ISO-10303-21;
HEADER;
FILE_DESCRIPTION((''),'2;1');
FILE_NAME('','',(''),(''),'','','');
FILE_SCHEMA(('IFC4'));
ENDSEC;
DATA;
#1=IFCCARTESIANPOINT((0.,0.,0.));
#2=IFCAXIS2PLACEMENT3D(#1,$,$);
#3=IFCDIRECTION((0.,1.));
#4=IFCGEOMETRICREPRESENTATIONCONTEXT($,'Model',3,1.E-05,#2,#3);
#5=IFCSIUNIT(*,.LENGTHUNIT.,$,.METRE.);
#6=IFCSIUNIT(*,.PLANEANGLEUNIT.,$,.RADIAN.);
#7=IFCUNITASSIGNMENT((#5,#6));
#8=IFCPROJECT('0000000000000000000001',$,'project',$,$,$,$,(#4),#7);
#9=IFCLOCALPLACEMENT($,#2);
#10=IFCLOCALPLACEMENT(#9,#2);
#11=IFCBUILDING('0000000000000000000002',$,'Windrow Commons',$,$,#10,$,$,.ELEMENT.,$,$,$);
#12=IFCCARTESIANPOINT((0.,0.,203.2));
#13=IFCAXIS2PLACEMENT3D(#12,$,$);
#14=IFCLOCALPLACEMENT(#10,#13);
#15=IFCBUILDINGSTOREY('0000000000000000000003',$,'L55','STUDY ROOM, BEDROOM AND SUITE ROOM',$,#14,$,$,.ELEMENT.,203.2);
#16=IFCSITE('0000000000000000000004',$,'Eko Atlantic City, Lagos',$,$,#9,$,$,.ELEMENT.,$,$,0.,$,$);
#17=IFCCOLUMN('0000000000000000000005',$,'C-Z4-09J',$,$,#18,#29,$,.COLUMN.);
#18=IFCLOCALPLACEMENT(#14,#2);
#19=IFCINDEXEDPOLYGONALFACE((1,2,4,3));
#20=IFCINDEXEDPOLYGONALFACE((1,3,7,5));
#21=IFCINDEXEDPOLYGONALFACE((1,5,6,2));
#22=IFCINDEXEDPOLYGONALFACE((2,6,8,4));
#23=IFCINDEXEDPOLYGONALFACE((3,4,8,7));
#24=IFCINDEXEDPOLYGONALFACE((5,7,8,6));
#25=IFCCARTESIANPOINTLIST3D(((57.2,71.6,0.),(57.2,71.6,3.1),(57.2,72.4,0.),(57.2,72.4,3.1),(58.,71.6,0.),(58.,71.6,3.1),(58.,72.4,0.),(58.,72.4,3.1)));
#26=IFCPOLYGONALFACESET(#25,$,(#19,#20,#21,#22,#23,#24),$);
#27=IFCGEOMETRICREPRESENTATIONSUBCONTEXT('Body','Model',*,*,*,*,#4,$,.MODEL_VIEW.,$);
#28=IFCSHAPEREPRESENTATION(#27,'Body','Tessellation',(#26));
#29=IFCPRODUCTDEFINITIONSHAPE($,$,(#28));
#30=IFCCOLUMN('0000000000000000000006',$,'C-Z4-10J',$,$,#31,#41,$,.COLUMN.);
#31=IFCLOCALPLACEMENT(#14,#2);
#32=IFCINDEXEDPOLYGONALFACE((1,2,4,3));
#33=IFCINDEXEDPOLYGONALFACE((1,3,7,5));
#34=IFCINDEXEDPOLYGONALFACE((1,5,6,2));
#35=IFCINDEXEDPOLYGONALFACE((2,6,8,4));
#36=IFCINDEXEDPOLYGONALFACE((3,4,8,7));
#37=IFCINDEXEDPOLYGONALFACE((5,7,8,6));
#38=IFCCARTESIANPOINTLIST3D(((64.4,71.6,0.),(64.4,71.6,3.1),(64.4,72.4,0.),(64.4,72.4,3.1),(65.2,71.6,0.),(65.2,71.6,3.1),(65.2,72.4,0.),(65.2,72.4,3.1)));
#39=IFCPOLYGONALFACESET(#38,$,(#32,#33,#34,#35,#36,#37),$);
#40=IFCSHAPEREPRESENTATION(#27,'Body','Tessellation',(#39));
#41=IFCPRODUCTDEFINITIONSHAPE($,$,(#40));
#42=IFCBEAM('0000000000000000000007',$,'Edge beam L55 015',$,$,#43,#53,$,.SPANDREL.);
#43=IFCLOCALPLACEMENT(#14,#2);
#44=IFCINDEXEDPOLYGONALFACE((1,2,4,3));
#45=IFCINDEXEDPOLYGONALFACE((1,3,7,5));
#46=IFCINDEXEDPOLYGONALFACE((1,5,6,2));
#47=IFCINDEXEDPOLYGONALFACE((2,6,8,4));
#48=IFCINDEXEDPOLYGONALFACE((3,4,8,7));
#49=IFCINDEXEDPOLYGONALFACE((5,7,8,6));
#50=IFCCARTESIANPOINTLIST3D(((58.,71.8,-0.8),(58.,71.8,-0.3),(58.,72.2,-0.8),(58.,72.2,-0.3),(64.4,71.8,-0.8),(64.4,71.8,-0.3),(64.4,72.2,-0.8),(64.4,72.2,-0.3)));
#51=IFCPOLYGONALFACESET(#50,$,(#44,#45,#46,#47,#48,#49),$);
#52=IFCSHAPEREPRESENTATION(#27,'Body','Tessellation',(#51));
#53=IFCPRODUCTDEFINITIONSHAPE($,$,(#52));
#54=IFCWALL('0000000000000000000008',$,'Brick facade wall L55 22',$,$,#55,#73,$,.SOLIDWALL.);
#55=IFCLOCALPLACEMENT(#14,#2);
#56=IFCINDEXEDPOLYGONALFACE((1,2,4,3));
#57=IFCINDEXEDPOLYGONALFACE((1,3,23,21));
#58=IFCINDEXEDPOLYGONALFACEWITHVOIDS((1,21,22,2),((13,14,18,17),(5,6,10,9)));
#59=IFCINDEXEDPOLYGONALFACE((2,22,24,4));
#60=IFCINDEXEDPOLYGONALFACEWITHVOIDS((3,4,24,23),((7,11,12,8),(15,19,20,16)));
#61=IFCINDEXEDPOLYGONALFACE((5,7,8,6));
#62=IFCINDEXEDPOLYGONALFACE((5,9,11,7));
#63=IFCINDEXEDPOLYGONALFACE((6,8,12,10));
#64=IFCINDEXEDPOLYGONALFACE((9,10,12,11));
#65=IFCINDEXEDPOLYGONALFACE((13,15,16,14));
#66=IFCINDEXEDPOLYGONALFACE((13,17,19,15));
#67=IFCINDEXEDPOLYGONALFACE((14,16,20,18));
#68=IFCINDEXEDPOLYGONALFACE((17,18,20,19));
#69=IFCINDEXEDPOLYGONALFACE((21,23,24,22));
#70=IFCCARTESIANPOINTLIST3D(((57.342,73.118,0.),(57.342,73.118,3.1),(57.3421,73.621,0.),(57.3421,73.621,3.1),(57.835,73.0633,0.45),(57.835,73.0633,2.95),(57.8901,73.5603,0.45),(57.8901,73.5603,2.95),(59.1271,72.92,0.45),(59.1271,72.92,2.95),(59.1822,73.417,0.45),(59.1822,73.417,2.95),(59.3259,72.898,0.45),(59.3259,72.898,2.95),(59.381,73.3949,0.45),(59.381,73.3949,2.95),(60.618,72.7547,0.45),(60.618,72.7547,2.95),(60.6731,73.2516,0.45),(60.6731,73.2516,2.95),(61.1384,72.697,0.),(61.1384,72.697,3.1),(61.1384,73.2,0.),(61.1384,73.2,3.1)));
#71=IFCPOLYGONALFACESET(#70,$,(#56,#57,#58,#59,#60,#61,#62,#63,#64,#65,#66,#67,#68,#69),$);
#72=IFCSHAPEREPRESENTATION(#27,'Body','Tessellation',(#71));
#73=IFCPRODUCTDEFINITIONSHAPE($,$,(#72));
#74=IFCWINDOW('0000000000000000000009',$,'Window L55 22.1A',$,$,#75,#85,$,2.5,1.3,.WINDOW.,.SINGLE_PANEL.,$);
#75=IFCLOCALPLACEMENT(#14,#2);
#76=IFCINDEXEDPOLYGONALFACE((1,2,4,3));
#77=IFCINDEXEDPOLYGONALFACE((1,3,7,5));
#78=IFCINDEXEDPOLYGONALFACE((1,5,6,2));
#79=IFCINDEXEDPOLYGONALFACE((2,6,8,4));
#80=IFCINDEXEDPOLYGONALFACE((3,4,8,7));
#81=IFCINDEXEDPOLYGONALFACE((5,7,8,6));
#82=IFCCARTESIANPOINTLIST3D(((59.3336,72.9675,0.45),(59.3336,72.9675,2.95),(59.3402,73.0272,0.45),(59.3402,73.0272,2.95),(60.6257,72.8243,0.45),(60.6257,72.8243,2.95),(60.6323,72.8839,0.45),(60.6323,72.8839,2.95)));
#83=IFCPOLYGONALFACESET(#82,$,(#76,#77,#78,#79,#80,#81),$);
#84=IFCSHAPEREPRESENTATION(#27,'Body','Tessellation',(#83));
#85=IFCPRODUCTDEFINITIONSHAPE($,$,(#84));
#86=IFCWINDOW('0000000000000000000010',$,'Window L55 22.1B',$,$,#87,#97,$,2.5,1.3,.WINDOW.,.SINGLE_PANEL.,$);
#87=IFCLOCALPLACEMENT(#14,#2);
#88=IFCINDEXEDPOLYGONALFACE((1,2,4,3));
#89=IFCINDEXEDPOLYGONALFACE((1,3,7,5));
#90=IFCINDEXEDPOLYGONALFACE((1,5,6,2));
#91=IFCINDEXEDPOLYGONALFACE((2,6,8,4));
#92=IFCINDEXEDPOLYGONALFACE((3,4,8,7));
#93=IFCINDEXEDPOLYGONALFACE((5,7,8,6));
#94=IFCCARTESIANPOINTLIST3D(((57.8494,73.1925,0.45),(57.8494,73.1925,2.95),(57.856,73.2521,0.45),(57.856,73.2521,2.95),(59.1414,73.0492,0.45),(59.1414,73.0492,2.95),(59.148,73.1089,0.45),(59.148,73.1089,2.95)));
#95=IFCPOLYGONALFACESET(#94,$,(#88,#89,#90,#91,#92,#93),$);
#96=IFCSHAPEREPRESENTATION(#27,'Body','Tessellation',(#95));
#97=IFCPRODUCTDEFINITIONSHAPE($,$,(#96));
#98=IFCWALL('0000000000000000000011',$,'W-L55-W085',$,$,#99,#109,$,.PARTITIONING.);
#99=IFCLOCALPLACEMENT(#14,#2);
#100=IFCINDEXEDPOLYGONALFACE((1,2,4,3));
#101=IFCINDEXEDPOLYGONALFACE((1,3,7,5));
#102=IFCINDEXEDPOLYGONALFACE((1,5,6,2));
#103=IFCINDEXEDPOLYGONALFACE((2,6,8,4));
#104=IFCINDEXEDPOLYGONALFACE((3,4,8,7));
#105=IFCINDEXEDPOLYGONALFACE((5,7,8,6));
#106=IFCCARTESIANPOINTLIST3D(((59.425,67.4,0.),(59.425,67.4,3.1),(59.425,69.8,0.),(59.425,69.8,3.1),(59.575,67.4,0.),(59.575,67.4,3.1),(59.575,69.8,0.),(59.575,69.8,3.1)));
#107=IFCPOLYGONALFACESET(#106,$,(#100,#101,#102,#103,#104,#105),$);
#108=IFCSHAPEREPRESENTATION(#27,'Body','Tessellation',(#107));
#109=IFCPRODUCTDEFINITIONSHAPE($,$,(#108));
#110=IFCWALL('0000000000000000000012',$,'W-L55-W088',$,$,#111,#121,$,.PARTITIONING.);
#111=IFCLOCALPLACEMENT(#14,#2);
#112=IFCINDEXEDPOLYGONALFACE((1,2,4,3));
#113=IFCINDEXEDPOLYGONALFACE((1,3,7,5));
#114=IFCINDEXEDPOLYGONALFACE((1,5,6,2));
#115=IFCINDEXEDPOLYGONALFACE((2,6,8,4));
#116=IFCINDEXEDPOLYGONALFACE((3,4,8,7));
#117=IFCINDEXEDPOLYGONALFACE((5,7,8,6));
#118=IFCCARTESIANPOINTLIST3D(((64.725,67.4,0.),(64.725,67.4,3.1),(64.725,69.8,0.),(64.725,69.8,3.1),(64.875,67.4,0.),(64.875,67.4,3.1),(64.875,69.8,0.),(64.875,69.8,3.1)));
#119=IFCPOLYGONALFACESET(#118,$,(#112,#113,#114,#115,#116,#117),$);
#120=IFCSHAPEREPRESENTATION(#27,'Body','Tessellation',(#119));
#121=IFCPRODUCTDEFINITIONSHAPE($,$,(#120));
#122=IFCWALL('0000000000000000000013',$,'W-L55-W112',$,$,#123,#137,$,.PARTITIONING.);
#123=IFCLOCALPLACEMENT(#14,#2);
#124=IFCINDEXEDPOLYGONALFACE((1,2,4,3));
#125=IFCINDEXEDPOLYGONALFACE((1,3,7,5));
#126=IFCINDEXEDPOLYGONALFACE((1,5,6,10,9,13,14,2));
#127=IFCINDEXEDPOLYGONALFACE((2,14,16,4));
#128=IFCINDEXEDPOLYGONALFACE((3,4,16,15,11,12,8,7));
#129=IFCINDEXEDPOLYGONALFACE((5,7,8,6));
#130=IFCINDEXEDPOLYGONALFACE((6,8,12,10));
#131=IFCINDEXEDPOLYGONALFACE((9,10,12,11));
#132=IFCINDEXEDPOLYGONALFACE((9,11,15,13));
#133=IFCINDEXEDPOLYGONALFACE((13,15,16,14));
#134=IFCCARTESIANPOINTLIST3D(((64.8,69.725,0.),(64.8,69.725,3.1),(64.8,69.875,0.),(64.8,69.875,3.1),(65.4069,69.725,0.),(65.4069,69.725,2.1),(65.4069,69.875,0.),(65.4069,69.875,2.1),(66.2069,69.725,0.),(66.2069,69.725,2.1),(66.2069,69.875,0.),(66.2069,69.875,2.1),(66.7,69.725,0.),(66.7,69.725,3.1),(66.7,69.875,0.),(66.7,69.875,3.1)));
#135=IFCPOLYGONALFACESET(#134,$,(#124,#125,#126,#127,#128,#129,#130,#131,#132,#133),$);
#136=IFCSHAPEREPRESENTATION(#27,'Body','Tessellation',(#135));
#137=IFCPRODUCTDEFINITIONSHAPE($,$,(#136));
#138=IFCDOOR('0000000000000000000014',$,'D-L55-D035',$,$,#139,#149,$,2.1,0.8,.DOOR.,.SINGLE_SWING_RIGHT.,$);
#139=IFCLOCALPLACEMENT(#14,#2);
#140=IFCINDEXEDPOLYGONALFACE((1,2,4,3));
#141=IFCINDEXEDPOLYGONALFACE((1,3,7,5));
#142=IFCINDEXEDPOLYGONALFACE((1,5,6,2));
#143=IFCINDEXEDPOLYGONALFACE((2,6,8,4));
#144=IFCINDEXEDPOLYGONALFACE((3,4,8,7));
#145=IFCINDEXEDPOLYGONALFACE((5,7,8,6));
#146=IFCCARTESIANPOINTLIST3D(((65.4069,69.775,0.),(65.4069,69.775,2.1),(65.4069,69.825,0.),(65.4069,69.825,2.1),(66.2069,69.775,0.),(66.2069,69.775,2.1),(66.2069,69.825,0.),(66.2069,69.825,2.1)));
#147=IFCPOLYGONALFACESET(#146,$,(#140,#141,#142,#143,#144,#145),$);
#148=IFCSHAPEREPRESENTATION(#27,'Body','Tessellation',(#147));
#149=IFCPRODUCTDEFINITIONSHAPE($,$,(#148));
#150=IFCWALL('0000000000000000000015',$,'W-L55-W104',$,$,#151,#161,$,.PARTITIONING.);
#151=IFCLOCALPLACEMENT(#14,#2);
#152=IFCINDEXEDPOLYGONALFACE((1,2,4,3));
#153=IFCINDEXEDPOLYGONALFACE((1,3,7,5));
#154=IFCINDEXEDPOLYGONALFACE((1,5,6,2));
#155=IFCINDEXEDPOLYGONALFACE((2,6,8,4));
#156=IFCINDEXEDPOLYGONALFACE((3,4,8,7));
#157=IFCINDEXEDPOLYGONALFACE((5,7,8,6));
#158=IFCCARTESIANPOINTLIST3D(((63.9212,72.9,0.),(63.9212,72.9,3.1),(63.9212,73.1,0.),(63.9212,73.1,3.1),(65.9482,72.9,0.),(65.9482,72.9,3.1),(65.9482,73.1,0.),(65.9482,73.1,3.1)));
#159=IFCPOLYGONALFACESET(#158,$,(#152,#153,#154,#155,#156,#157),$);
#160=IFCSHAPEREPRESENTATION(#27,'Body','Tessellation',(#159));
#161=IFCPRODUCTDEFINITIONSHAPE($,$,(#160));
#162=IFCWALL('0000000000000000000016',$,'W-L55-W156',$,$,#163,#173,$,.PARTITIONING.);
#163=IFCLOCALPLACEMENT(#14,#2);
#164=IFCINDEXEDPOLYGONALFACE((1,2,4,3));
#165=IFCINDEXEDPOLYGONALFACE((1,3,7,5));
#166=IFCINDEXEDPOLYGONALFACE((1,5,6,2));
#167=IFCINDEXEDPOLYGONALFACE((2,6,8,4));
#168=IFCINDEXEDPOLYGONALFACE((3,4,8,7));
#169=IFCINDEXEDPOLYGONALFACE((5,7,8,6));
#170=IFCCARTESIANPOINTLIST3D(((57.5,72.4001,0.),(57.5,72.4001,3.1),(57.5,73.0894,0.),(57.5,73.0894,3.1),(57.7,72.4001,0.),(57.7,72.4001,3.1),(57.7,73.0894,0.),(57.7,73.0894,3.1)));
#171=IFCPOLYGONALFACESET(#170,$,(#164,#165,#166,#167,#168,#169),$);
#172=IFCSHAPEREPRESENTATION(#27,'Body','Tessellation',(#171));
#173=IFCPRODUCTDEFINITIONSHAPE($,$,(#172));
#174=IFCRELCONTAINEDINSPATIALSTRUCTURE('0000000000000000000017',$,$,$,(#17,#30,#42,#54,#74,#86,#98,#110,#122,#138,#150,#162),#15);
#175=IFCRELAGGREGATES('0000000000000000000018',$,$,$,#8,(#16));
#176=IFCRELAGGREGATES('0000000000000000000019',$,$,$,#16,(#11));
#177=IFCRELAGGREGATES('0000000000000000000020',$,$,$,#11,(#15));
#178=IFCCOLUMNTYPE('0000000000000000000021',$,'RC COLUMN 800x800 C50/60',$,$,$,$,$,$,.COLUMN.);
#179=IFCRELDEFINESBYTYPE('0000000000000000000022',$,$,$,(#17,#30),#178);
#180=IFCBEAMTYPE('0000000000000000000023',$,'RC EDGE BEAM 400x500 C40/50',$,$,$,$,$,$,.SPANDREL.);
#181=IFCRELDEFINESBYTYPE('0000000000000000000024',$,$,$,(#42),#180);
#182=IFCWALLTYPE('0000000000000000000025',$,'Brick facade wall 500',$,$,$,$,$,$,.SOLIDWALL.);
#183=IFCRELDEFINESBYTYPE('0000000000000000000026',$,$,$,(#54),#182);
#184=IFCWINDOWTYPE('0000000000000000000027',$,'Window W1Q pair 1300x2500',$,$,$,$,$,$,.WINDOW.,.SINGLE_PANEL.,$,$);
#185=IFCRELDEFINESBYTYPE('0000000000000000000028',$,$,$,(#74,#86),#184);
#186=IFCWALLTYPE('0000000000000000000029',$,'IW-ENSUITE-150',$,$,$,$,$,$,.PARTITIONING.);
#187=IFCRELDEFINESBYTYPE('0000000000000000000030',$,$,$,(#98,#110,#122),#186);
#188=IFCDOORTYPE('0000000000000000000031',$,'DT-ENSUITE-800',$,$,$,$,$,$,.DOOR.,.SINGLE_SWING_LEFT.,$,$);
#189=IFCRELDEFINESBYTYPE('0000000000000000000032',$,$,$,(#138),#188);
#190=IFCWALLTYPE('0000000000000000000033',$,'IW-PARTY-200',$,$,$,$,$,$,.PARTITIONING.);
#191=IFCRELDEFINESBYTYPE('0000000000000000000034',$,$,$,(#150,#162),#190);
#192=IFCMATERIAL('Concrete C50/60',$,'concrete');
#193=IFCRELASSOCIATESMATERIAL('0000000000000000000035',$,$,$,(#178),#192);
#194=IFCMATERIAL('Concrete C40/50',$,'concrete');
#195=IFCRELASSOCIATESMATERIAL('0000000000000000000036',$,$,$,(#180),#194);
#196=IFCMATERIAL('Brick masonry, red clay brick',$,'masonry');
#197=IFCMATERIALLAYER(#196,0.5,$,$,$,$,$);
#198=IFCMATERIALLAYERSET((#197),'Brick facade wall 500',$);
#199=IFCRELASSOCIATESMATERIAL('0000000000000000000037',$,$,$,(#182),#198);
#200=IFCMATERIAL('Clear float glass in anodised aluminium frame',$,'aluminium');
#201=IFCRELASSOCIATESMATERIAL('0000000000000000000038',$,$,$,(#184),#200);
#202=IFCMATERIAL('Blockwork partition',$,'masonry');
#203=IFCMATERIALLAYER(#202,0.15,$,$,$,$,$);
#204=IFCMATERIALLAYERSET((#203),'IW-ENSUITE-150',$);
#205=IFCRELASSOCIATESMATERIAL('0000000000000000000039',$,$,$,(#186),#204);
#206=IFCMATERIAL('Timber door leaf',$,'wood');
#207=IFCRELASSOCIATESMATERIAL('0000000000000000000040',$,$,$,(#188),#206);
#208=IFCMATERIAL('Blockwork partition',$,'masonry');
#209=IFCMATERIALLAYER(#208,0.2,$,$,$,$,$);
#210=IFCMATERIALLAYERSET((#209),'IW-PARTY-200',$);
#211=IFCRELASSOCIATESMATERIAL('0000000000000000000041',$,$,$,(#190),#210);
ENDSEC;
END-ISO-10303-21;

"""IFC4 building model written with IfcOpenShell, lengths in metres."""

from ifc_helpers import new_model, si_unit, direction, frame, frame_2d, origin, origin_2d, place, context, subcontext, project, spatial, polyline, rectangle, outline, extrude, material, layer, layer_set, material_profile, profile_set, type_object, element, fill, save


model = new_model("IFC4")

# Units and contexts
model_context = context("Model", 3, precision=1e-05, world=origin(), true_north=direction((0.0, 1.0)))
body_context = subcontext(model_context, "Body", "Model", "MODEL_VIEW")
ifc_project = project(units=[si_unit("LENGTHUNIT", "METRE"), si_unit("PLANEANGLEUNIT", "RADIAN")], contexts=[model_context])

# Site, building, storey
site_placement = place(None, origin())
site = spatial("IfcSite", under=ifc_project, at=site_placement, Name="Eko Atlantic City, Lagos", CompositionType="ELEMENT", RefElevation=0.0)
building_placement = place(site_placement, origin())
building = spatial("IfcBuilding", under=site, at=building_placement, Name="Windrow Commons", CompositionType="ELEMENT")
storey_placement = place(building_placement, frame((0.0, 0.0, 203.2)))
storey = spatial("IfcBuildingStorey", under=building, at=storey_placement, Name="L55", Description="STUDY ROOM, BEDROOM AND SUITE ROOM", CompositionType="ELEMENT", Elevation=203.2)

# Columns
ifc_material_1 = material(Name="Concrete C50/60", Category="concrete")
ifc_material_profile_1 = material_profile(ifc_material_1, rectangle(XDim=0.8, YDim=0.8, at=origin_2d()))
ifc_profile_set_1 = profile_set([ifc_material_profile_1], Name="Concrete C50/60")
column_type = type_object("IfcColumnType", Name="RC COLUMN 800x800 C50/60", PredefinedType="COLUMN", material=ifc_profile_set_1)
for number, where, z_axis, x_axis, name in (
    (1, (57.6, 72.0, 0.0), (0.0, 0.0, 1.0), (1.0, 0.0, 0.0), "C-Z4-09J"),
    (2, (64.8, 72.0, 0.0), (0.0, 0.0, 1.0), (1.0, 0.0, 0.0), "C-Z4-10J"),
):
    element("IfcColumn", number, at=place(storey_placement, frame(where, z_axis=z_axis, x_axis=x_axis)), inside=storey, type_object=column_type, Name=name, PredefinedType="COLUMN", context=body_context, shape_type="SweptSolid", body=[
        extrude(rectangle(XDim=0.8, YDim=0.8, at=origin_2d()), origin(), (0.0, 0.0, 1.0), 3.1),
    ])

# Beam
ifc_material_2 = material(Name="Concrete C40/50", Category="concrete")
ifc_material_profile_2 = material_profile(ifc_material_2, rectangle(XDim=0.4, YDim=0.5, at=origin_2d()))
ifc_profile_set_2 = profile_set([ifc_material_profile_2], Name="Concrete C40/50")
beam_type = type_object("IfcBeamType", Name="RC EDGE BEAM 400x500 C40/50", PredefinedType="SPANDREL", material=ifc_profile_set_2)
beam_placement = place(storey_placement, frame((58.0, 72.0, -0.55), z_axis=(1.0, 0.0, 0.0), x_axis=(0.0, 1.0, 0.0)))
element("IfcBeam", 3, at=beam_placement, inside=storey, type_object=beam_type, Name="Edge beam L55 015", PredefinedType="SPANDREL", context=body_context, shape_type="SweptSolid", body=[
    extrude(rectangle(XDim=0.4, YDim=0.5, at=origin_2d()), origin(), (0.0, 0.0, 1.0), 6.4),
])

# Wall, openings, windows
ifc_material_3 = material(Name="Brick masonry, red clay brick", Category="masonry")
ifc_layer_1 = layer(ifc_material_3, 0.5)
ifc_layer_set_1 = layer_set([ifc_layer_1], Name="Brick facade wall 500")
wall_type_1 = type_object("IfcWallType", Name="Brick facade wall 500", PredefinedType="SOLIDWALL", material=ifc_layer_set_1)
wall_1_placement = place(storey_placement, frame((61.1384, 72.9485, 0.0), z_axis=(0.0, 0.0, 1.0), x_axis=(-0.993907, 0.110222, 0.0)))
wall_1 = element("IfcWall", 4, at=wall_1_placement, inside=storey, type_object=wall_type_1, Name="Brick facade wall L55 22", PredefinedType="SOLIDWALL", context=body_context, shape_type="SweptSolid", body=[
    extrude(outline(polyline([(0.0277, -0.25), (3.8473, -0.25), (3.7919, 0.25), (-0.0277, 0.25), (0.0277, -0.25)])), origin(), (0.0, 0.0, 1.0), 3.1),
])
opening_1_placement = place(wall_1_placement, frame((0.4959, 0.0, 0.45)))
opening_1 = element("IfcOpeningElement", 5, at=opening_1_placement, cuts=wall_1, PredefinedType="OPENING", context=body_context, shape_type="SweptSolid", body=[
    extrude(rectangle(XDim=1.3, YDim=2.5, at=frame_2d((0.65, 1.25))), frame((0.0, 0.26, 0.0), z_axis=(0.0, -1.0, 0.0), x_axis=(1.0, 0.0, 0.0)), (0.0, 0.0, 1.0), 0.52),
])
opening_2_placement = place(wall_1_placement, frame((1.9959, 0.0, 0.45)))
opening_2 = element("IfcOpeningElement", 6, at=opening_2_placement, cuts=wall_1, PredefinedType="OPENING", context=body_context, shape_type="SweptSolid", body=[
    extrude(rectangle(XDim=1.3, YDim=2.5, at=frame_2d((0.65, 1.25))), frame((0.0, 0.26, 0.0), z_axis=(0.0, -1.0, 0.0), x_axis=(1.0, 0.0, 0.0)), (0.0, 0.0, 1.0), 0.52),
])
ifc_material_4 = material(Name="Clear float glass in anodised aluminium frame", Category="aluminium")
window_type = type_object("IfcWindowType", Name="Window W1Q pair 1300x2500", PartitioningType="SINGLE_PANEL", PredefinedType="WINDOW", material=ifc_material_4)
window_1_placement = place(opening_1_placement, origin())
window_1 = element("IfcWindow", 7, at=window_1_placement, inside=storey, type_object=window_type, Name="Window L55 22.1A", OverallHeight=2.5, OverallWidth=1.3, PartitioningType="SINGLE_PANEL", PredefinedType="WINDOW", context=body_context, shape_type="SweptSolid", body=[
    extrude(rectangle(XDim=1.3, YDim=2.5, at=frame_2d((0.65, 1.25))), frame((0.0, 0.18, 0.0), z_axis=(0.0, -1.0, 0.0), x_axis=(1.0, 0.0, 0.0)), (0.0, 0.0, 1.0), 0.06),
])
fill(opening_1, window_1)
window_2_placement = place(opening_2_placement, origin())
window_2 = element("IfcWindow", 8, at=window_2_placement, inside=storey, type_object=window_type, Name="Window L55 22.1B", OverallHeight=2.5, OverallWidth=1.3, PartitioningType="SINGLE_PANEL", PredefinedType="WINDOW", context=body_context, shape_type="SweptSolid", body=[
    extrude(rectangle(XDim=1.3, YDim=2.5, at=frame_2d((0.65, 1.25))), frame((0.0, 0.12, 0.0), z_axis=(0.0, -1.0, 0.0), x_axis=(1.0, 0.0, 0.0)), (0.0, 0.0, 1.0), 0.06),
])
fill(opening_2, window_2)

# Walls
ifc_material_5 = material(Name="Blockwork partition", Category="masonry")
ifc_layer_2 = layer(ifc_material_5, 0.15)
ifc_layer_set_2 = layer_set([ifc_layer_2], Name="IW-ENSUITE-150")
wall_type_2 = type_object("IfcWallType", Name="IW-ENSUITE-150", PredefinedType="PARTITIONING", material=ifc_layer_set_2)
for number, where, z_axis, x_axis, name in (
    (9, (59.5, 67.4, 0.0), (0.0, 0.0, 1.0), (0.0, 1.0, 0.0), "W-L55-W085"),
    (10, (64.8, 67.4, 0.0), (0.0, 0.0, 1.0), (0.0, 1.0, 0.0), "W-L55-W088"),
):
    element("IfcWall", number, at=place(storey_placement, frame(where, z_axis=z_axis, x_axis=x_axis)), inside=storey, type_object=wall_type_2, Name=name, PredefinedType="PARTITIONING", context=body_context, shape_type="SweptSolid", body=[
        extrude(rectangle(XDim=2.4, YDim=0.15, at=frame_2d((1.2, 0.0))), origin(), (0.0, 0.0, 1.0), 3.1),
    ])

# Wall, opening, door
wall_2_placement = place(storey_placement, frame((64.8, 69.8, 0.0), z_axis=(0.0, 0.0, 1.0), x_axis=(1.0, 0.0, 0.0)))
wall_2 = element("IfcWall", 11, at=wall_2_placement, inside=storey, type_object=wall_type_2, Name="W-L55-W112", PredefinedType="PARTITIONING", context=body_context, shape_type="SweptSolid", body=[
    extrude(rectangle(XDim=1.9, YDim=0.15, at=frame_2d((0.95, 0.0))), origin(), (0.0, 0.0, 1.0), 3.1),
])
opening_3_placement = place(wall_2_placement, frame((0.6069, 0.0, 0.0)))
opening_3 = element("IfcOpeningElement", 12, at=opening_3_placement, cuts=wall_2, PredefinedType="OPENING", context=body_context, shape_type="SweptSolid", body=[
    extrude(rectangle(XDim=0.8, YDim=2.1, at=frame_2d((0.4, 1.05))), frame((0.0, 0.085, 0.0), z_axis=(0.0, -1.0, 0.0), x_axis=(1.0, 0.0, 0.0)), (0.0, 0.0, 1.0), 0.17),
])
ifc_material_6 = material(Name="Timber door leaf", Category="wood")
door_type = type_object("IfcDoorType", Name="DT-ENSUITE-800", OperationType="SINGLE_SWING_LEFT", PredefinedType="DOOR", material=ifc_material_6)
door_placement = place(opening_3_placement, origin())
door = element("IfcDoor", 13, at=door_placement, inside=storey, type_object=door_type, Name="D-L55-D035", OperationType="SINGLE_SWING_RIGHT", OverallHeight=2.1, OverallWidth=0.8, PredefinedType="DOOR", context=body_context, shape_type="SweptSolid", body=[
    extrude(rectangle(XDim=0.8, YDim=2.1, at=frame_2d((0.4, 1.05))), frame((0.0, 0.025, 0.0), z_axis=(0.0, -1.0, 0.0), x_axis=(1.0, 0.0, 0.0)), (0.0, 0.0, 1.0), 0.05),
])
fill(opening_3, door)

# Walls
ifc_material_7 = material(Name="Blockwork partition", Category="masonry")
ifc_layer_3 = layer(ifc_material_7, 0.2)
ifc_layer_set_3 = layer_set([ifc_layer_3], Name="IW-PARTY-200")
wall_type_3 = type_object("IfcWallType", Name="IW-PARTY-200", PredefinedType="PARTITIONING", material=ifc_layer_set_3)
wall_3_placement = place(storey_placement, frame((63.9213, 73.0, 0.0), z_axis=(0.0, 0.0, 1.0), x_axis=(1.0, 0.0, 0.0)))
element("IfcWall", 14, at=wall_3_placement, inside=storey, type_object=wall_type_3, Name="W-L55-W104", PredefinedType="PARTITIONING", context=body_context, shape_type="SweptSolid", body=[
    extrude(rectangle(XDim=2.0269, YDim=0.2, at=frame_2d((1.0134, 0.0))), origin(), (0.0, 0.0, 1.0), 3.1),
])
wall_4_placement = place(storey_placement, frame((57.6, 72.4, 0.0), z_axis=(0.0, 0.0, 1.0), x_axis=(0.0, 1.0, 0.0)))
element("IfcWall", 15, at=wall_4_placement, inside=storey, type_object=wall_type_3, Name="W-L55-W156", PredefinedType="PARTITIONING", context=body_context, shape_type="SweptSolid", body=[
    extrude(rectangle(XDim=0.6893, YDim=0.2, at=frame_2d((0.3447, 0.0))), origin(), (0.0, 0.0, 1.0), 3.1),
])

save(model, "model.ifc")
